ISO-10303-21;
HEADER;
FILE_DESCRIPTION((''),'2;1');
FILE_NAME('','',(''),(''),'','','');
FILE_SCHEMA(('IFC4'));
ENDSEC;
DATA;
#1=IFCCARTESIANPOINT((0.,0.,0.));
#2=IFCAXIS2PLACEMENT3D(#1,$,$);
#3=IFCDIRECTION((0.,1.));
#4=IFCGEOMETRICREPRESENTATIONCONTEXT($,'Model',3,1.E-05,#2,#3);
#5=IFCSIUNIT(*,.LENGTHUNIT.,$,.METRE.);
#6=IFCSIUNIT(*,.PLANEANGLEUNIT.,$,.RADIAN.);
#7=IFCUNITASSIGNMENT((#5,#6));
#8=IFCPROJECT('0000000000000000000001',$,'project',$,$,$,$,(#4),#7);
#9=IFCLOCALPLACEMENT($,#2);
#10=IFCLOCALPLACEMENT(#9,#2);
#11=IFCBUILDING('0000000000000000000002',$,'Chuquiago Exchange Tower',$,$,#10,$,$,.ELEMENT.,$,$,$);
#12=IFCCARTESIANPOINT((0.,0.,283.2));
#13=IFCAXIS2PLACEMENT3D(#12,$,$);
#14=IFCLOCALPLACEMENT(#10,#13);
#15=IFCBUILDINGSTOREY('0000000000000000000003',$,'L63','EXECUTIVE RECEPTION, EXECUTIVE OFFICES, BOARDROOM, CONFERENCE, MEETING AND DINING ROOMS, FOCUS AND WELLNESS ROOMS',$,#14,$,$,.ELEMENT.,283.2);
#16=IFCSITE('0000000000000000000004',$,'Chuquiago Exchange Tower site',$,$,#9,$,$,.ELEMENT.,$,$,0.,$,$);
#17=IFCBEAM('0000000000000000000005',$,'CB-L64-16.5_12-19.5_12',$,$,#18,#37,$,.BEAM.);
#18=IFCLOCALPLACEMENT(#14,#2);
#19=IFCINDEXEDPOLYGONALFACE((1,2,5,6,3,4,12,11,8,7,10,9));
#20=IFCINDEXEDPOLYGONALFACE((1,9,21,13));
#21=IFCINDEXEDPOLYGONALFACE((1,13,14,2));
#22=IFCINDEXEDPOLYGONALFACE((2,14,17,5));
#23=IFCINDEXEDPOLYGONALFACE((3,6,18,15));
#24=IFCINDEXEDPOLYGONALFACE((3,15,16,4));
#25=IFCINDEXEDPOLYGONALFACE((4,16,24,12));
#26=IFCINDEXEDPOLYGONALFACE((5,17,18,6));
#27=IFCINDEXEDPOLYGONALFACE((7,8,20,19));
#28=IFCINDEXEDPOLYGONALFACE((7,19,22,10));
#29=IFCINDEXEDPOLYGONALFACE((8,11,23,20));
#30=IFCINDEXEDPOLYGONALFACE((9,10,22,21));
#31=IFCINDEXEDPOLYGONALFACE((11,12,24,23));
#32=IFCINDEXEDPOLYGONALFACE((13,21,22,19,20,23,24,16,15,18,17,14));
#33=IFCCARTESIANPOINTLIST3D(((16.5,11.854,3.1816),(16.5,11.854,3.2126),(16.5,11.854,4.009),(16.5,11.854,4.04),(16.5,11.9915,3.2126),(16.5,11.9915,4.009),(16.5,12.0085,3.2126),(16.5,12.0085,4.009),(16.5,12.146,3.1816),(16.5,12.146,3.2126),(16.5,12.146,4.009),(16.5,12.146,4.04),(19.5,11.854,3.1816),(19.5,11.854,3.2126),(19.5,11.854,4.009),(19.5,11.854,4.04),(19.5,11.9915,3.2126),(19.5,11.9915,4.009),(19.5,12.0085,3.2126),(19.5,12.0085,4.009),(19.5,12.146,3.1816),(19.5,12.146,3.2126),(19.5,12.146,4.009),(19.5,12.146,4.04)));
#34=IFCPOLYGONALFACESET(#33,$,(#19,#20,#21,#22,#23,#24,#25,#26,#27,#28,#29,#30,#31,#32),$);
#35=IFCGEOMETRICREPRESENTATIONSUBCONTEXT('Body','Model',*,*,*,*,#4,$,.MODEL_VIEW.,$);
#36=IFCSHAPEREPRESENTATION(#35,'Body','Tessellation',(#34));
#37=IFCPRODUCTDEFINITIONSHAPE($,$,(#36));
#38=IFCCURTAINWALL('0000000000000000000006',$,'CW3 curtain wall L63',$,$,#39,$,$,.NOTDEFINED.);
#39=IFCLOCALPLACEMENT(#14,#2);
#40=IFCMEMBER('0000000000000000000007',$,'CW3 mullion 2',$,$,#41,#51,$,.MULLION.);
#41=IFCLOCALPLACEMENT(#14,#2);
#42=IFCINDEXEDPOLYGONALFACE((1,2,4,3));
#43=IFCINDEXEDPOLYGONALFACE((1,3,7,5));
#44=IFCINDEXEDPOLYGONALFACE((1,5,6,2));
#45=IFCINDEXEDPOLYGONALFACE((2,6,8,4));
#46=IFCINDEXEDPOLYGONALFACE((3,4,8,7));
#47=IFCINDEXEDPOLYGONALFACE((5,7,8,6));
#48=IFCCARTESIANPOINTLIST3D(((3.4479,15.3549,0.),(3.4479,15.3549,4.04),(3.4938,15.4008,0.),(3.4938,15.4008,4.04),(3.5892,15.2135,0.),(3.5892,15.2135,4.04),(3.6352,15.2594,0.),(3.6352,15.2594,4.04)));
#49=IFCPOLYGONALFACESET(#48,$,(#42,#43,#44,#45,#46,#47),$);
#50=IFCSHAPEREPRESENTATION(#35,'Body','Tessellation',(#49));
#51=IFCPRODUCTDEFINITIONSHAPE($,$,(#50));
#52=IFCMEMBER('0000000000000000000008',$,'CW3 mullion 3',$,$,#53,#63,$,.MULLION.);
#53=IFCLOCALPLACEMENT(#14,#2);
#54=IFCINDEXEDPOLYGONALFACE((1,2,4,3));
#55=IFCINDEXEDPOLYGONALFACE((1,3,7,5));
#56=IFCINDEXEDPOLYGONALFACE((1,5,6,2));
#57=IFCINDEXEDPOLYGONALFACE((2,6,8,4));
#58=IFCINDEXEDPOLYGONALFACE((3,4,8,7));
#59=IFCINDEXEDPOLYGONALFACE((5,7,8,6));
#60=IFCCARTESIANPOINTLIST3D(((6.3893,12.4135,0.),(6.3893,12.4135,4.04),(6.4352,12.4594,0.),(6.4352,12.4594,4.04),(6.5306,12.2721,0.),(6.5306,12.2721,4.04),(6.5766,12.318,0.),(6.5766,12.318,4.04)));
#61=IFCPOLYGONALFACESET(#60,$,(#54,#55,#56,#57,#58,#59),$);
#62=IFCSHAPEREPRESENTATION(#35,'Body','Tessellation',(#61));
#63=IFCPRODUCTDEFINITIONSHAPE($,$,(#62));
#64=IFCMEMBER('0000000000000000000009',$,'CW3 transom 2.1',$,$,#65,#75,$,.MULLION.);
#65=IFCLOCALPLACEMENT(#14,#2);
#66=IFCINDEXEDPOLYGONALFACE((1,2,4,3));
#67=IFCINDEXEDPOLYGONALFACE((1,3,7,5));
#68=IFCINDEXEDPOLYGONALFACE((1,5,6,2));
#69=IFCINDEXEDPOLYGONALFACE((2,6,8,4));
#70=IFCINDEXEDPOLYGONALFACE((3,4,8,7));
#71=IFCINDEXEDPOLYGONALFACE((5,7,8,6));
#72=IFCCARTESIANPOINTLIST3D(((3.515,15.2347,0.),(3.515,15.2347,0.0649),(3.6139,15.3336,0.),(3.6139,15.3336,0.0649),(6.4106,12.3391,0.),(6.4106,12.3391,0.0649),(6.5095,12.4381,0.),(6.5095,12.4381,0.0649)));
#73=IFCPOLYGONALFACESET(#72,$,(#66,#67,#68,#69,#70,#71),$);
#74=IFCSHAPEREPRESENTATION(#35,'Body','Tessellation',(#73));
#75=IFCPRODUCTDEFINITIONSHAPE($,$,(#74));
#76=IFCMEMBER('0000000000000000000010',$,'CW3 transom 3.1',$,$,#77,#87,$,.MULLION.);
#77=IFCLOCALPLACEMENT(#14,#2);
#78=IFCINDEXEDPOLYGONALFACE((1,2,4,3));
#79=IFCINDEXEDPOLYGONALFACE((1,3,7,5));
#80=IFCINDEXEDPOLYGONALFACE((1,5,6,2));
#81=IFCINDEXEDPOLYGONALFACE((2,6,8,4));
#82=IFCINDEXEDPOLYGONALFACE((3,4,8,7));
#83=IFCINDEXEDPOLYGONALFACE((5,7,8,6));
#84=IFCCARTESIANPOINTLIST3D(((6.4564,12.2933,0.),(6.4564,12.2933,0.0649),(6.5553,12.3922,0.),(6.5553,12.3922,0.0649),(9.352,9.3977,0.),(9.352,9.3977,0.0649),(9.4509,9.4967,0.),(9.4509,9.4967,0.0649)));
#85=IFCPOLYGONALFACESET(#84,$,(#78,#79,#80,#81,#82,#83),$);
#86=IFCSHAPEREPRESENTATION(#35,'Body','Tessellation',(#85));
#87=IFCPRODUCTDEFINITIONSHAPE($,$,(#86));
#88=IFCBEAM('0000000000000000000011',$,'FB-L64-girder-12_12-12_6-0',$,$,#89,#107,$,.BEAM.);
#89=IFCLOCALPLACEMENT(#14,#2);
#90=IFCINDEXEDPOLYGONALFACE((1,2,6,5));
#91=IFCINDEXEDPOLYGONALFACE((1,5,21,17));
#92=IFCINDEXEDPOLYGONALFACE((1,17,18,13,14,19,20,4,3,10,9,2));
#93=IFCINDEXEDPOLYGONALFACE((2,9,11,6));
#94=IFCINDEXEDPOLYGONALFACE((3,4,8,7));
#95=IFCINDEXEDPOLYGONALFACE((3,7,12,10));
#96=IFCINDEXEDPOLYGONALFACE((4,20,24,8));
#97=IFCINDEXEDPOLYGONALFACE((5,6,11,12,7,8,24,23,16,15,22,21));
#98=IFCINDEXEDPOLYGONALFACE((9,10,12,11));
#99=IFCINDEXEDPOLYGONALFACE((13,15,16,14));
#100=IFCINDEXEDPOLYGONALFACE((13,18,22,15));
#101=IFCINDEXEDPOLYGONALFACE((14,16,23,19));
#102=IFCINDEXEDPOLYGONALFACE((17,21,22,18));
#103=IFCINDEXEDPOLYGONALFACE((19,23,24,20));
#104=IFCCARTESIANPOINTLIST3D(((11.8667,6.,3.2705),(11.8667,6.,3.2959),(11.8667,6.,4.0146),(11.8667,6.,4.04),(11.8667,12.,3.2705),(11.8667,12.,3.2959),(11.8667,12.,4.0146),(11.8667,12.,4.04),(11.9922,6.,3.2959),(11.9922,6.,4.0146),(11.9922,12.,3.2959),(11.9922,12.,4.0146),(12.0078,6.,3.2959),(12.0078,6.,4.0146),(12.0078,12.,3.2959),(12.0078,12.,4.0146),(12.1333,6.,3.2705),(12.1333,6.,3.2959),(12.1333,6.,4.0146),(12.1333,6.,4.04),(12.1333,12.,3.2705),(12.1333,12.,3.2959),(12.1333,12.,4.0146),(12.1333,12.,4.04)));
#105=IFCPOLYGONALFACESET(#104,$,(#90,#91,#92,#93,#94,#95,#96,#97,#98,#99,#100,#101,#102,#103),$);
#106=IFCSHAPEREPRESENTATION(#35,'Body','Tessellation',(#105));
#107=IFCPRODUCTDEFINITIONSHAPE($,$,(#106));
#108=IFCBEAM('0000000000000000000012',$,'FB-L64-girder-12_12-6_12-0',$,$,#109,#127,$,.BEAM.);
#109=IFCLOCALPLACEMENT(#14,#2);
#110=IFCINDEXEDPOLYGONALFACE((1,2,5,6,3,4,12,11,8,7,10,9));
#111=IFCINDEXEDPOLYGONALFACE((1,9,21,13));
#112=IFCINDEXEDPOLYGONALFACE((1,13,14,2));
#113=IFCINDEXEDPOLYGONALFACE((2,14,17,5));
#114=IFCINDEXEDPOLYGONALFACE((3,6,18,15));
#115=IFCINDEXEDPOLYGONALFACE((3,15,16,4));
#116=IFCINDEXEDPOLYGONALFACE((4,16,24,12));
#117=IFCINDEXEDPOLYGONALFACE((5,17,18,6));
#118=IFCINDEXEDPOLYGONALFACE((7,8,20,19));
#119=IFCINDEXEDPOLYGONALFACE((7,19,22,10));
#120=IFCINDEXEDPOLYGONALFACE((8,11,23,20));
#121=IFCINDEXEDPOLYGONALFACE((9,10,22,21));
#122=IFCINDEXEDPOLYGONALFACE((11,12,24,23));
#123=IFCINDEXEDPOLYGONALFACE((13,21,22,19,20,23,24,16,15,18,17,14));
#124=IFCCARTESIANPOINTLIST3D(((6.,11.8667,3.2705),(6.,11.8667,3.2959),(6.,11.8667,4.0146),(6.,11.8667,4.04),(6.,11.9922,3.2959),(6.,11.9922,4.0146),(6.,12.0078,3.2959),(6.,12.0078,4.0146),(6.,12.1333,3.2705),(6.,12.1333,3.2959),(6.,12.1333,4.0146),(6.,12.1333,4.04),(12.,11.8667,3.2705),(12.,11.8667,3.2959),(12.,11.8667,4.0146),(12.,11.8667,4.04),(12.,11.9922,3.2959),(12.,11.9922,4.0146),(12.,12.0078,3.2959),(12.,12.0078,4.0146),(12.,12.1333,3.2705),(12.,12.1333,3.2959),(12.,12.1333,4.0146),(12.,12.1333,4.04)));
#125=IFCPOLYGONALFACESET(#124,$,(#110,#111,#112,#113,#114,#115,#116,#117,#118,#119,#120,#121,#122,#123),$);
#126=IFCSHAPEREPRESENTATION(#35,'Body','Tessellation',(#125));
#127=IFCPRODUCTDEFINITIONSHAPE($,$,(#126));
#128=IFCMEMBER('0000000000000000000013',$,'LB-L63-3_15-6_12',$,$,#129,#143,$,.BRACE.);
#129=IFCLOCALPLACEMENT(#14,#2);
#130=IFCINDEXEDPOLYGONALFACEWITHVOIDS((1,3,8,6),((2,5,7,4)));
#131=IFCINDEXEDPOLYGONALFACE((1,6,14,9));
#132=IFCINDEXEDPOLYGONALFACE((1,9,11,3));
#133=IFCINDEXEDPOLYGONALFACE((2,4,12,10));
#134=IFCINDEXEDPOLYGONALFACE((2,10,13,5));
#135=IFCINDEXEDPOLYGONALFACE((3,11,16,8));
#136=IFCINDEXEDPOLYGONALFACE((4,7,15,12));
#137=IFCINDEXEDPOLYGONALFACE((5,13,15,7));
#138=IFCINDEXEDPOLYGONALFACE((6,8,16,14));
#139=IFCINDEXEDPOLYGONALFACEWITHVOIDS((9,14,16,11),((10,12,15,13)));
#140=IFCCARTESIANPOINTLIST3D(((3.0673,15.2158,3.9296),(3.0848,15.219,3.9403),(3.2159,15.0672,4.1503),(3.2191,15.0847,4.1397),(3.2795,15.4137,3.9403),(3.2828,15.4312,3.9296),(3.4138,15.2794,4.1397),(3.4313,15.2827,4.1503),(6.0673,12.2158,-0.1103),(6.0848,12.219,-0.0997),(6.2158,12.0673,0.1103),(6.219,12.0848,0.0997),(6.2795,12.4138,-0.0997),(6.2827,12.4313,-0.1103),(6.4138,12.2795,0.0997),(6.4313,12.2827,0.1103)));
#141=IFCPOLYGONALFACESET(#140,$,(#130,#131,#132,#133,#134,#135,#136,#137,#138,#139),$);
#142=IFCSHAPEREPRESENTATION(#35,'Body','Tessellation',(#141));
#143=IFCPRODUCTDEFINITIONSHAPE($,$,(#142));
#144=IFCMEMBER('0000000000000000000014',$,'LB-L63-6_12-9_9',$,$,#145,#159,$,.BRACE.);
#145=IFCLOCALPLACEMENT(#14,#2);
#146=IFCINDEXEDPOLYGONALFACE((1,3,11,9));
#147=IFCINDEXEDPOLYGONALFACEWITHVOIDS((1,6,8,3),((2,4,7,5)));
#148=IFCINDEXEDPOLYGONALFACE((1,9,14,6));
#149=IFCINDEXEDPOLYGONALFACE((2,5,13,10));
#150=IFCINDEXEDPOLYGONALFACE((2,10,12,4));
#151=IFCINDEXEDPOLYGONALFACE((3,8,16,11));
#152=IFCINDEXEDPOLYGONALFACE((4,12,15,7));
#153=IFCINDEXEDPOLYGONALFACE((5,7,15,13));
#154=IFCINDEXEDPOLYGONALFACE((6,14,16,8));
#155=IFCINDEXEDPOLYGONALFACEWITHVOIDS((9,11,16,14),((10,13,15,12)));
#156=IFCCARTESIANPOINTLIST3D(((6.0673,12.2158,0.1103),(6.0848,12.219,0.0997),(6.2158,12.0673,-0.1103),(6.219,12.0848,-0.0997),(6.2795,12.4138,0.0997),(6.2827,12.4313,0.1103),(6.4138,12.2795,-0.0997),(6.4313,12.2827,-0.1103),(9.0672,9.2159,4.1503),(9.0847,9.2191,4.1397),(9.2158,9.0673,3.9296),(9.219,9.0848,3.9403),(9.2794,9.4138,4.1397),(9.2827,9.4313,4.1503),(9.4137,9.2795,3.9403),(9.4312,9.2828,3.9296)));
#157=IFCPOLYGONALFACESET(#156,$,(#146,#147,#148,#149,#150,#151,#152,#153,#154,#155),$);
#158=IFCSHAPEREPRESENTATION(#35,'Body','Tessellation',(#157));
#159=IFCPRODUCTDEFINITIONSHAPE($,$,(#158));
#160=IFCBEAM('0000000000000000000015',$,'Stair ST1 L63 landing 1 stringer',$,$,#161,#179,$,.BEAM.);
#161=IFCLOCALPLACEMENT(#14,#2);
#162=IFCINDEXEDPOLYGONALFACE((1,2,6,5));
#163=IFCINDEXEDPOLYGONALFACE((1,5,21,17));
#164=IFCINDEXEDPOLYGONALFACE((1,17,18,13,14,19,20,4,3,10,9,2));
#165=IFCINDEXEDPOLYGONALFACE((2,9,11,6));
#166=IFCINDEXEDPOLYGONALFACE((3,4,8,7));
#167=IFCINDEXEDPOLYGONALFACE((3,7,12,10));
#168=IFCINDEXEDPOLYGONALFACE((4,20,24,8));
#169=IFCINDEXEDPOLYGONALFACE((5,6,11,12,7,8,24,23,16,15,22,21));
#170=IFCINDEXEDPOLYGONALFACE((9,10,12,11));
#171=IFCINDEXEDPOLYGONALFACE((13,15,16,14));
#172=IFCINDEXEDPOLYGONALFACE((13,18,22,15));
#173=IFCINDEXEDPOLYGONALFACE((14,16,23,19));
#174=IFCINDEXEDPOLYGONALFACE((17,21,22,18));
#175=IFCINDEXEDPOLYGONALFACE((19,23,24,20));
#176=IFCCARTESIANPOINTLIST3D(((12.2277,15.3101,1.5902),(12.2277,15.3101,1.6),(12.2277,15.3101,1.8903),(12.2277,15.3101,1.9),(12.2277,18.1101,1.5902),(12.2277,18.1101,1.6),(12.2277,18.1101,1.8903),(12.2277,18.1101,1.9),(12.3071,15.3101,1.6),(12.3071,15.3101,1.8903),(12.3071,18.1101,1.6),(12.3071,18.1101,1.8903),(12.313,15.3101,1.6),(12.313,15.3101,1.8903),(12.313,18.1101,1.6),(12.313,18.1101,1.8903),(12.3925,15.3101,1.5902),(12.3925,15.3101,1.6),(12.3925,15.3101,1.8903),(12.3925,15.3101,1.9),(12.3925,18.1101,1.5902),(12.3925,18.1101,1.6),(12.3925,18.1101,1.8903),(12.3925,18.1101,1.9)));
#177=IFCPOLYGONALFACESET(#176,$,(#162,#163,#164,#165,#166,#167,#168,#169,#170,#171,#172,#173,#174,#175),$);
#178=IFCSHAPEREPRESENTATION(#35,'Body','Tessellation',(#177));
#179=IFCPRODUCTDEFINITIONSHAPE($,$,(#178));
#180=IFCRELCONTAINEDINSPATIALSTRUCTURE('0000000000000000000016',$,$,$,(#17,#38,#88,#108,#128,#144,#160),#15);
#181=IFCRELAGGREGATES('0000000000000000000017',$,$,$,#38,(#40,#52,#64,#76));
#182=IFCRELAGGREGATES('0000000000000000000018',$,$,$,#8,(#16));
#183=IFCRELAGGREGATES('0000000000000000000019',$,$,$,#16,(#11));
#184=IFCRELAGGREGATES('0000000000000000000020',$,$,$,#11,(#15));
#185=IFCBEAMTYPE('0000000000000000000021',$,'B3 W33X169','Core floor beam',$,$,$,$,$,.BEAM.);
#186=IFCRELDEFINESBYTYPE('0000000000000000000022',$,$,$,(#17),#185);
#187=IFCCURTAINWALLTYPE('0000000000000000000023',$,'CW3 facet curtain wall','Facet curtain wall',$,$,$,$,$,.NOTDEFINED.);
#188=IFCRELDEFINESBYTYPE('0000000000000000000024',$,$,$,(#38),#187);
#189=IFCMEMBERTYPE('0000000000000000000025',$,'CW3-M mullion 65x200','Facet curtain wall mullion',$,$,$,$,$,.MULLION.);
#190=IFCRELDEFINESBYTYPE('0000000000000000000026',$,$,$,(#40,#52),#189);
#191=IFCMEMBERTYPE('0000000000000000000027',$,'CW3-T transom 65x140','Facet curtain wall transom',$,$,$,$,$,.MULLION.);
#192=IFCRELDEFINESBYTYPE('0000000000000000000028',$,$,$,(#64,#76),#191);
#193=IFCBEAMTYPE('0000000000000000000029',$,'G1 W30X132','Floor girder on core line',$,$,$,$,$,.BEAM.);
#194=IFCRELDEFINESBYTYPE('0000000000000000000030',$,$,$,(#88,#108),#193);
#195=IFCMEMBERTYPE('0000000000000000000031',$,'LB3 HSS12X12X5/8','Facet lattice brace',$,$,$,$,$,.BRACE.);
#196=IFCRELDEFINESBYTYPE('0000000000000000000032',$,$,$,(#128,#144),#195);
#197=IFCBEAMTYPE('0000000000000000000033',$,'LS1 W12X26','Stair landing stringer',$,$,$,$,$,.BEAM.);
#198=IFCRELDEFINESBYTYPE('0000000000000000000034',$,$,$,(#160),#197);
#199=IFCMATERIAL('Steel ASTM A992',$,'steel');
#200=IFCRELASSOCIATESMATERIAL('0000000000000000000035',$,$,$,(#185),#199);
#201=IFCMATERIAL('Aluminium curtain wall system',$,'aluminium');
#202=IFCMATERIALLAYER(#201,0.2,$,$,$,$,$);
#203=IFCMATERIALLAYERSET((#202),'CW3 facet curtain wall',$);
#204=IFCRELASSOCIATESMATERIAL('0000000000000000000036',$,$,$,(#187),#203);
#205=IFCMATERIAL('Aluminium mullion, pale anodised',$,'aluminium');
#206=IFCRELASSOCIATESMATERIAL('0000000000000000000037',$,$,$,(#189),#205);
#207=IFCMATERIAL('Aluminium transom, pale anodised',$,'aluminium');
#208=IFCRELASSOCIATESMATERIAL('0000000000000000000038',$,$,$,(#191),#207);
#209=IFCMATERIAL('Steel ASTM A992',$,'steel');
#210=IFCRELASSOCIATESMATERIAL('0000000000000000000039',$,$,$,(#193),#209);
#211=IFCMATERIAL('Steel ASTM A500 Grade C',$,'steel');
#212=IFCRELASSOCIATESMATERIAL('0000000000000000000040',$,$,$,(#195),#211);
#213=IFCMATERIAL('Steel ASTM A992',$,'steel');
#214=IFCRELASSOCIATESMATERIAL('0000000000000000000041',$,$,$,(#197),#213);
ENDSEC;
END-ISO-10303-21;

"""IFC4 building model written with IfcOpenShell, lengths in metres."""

from ifc_helpers import new_model, si_unit, direction, frame, origin, origin_2d, place, context, subcontext, project, spatial, rectangle, hollow_rectangle, i_section, extrude, material, layer, layer_set, material_profile, profile_set, type_object, element, aggregate, save


model = new_model("IFC4")

# Units and contexts
model_context = context("Model", 3, precision=1e-05, world=origin(), true_north=direction((0.0, 1.0)))
body_context = subcontext(model_context, "Body", "Model", "MODEL_VIEW")
ifc_project = project(units=[si_unit("LENGTHUNIT", "METRE"), si_unit("PLANEANGLEUNIT", "RADIAN")], contexts=[model_context])

# Site, building, storey
site_placement = place(None, origin())
site = spatial("IfcSite", under=ifc_project, at=site_placement, Name="Chuquiago Exchange Tower site", CompositionType="ELEMENT", RefElevation=0.0)
building_placement = place(site_placement, origin())
building = spatial("IfcBuilding", under=site, at=building_placement, Name="Chuquiago Exchange Tower", CompositionType="ELEMENT")
storey_placement = place(building_placement, frame((0.0, 0.0, 283.2)))
storey = spatial("IfcBuildingStorey", under=building, at=storey_placement, Name="L63", Description="EXECUTIVE RECEPTION, EXECUTIVE OFFICES, BOARDROOM, CONFERENCE, MEETING AND DINING ROOMS, FOCUS AND WELLNESS ROOMS", CompositionType="ELEMENT", Elevation=283.2)

# Beam
ifc_material_1 = material(Name="Steel ASTM A992", Category="steel")
ifc_material_profile_1 = material_profile(ifc_material_1, i_section(OverallWidth=0.292, OverallDepth=0.8584, WebThickness=0.0171, FlangeThickness=0.031, at=origin_2d()), Name="W33X169")
ifc_profile_set_1 = profile_set([ifc_material_profile_1], Name="Steel ASTM A992")
beam_type_1 = type_object("IfcBeamType", Name="B3 W33X169", Description="Core floor beam", PredefinedType="BEAM", material=ifc_profile_set_1)
beam_1_placement = place(storey_placement, frame((16.5, 12.0, 3.6108), z_axis=(1.0, 0.0, 0.0), x_axis=(0.0, 1.0, 0.0)))
element("IfcBeam", 1, at=beam_1_placement, inside=storey, type_object=beam_type_1, Name="CB-L64-16.5_12-19.5_12", PredefinedType="BEAM", context=body_context, shape_type="SweptSolid", body=[
    extrude(i_section(OverallWidth=0.292, OverallDepth=0.8584, WebThickness=0.0171, FlangeThickness=0.031, at=origin_2d()), origin(), (0.0, 0.0, 1.0), 3.0),
])

# Curtain wall, members
ifc_material_2 = material(Name="Aluminium curtain wall system", Category="aluminium")
ifc_layer_1 = layer(ifc_material_2, 0.2)
ifc_layer_set_1 = layer_set([ifc_layer_1], Name="CW3 facet curtain wall")
curtain_wall_type = type_object("IfcCurtainWallType", Name="CW3 facet curtain wall", Description="Facet curtain wall", PredefinedType="NOTDEFINED", material=ifc_layer_set_1)
curtain_wall_placement = place(storey_placement, origin())
curtain_wall = element("IfcCurtainWall", 2, at=curtain_wall_placement, inside=storey, type_object=curtain_wall_type, Name="CW3 curtain wall L63", PredefinedType="NOTDEFINED")
ifc_material_3 = material(Name="Aluminium mullion, pale anodised", Category="aluminium")
ifc_material_profile_2 = material_profile(ifc_material_3, rectangle(XDim=0.0649, YDim=0.2, at=origin_2d()), Name="AL 65x200")
ifc_profile_set_2 = profile_set([ifc_material_profile_2], Name="Aluminium mullion, pale anodised")
member_type_1 = type_object("IfcMemberType", Name="CW3-M mullion 65x200", Description="Facet curtain wall mullion", PredefinedType="MULLION", material=ifc_profile_set_2)
member_1_placement = place(storey_placement, frame((3.5415, 15.3071, 0.0), z_axis=(0.0, 0.0, 1.0), x_axis=(0.707107, 0.707107, 0.0)))
member_1 = element("IfcMember", 3, at=member_1_placement, type_object=member_type_1, Name="CW3 mullion 2", PredefinedType="MULLION", context=body_context, shape_type="SweptSolid", body=[
    extrude(rectangle(XDim=0.0649, YDim=0.2, at=origin_2d()), origin(), (0.0, 0.0, 1.0), 4.04),
])
member_2_placement = place(storey_placement, frame((6.4829, 12.3657, 0.0), z_axis=(0.0, 0.0, 1.0), x_axis=(0.707107, 0.707107, 0.0)))
member_2 = element("IfcMember", 4, at=member_2_placement, type_object=member_type_1, Name="CW3 mullion 3", PredefinedType="MULLION", context=body_context, shape_type="SweptSolid", body=[
    extrude(rectangle(XDim=0.0649, YDim=0.2, at=origin_2d()), origin(), (0.0, 0.0, 1.0), 4.04),
])
ifc_material_4 = material(Name="Aluminium transom, pale anodised", Category="aluminium")
ifc_material_profile_3 = material_profile(ifc_material_4, rectangle(XDim=0.1399, YDim=0.0649, at=origin_2d()), Name="AL 140x65")
ifc_profile_set_3 = profile_set([ifc_material_profile_3], Name="Aluminium transom, pale anodised")
member_type_2 = type_object("IfcMemberType", Name="CW3-T transom 65x140", Description="Facet curtain wall transom", PredefinedType="MULLION", material=ifc_profile_set_3)
member_3_placement = place(storey_placement, frame((3.5645, 15.2842, 0.0325), z_axis=(0.707107, -0.707107, 0.0), x_axis=(0.707107, 0.707107, 0.0)))
member_3 = element("IfcMember", 5, at=member_3_placement, type_object=member_type_2, Name="CW3 transom 2.1", PredefinedType="MULLION", context=body_context, shape_type="SweptSolid", body=[
    extrude(rectangle(XDim=0.1399, YDim=0.0649, at=origin_2d()), origin(), (0.0, 0.0, 1.0), 4.095),
])
member_4_placement = place(storey_placement, frame((6.5059, 12.3428, 0.0325), z_axis=(0.707107, -0.707107, 0.0), x_axis=(0.707107, 0.707107, 0.0)))
member_4 = element("IfcMember", 6, at=member_4_placement, type_object=member_type_2, Name="CW3 transom 3.1", PredefinedType="MULLION", context=body_context, shape_type="SweptSolid", body=[
    extrude(rectangle(XDim=0.1399, YDim=0.0649, at=origin_2d()), origin(), (0.0, 0.0, 1.0), 4.095),
])

# Beams
ifc_material_5 = material(Name="Steel ASTM A992", Category="steel")
ifc_material_profile_4 = material_profile(ifc_material_5, i_section(OverallWidth=0.2666, OverallDepth=0.7695, WebThickness=0.0156, FlangeThickness=0.0254, at=origin_2d()), Name="W30X132")
ifc_profile_set_4 = profile_set([ifc_material_profile_4], Name="Steel ASTM A992")
beam_type_2 = type_object("IfcBeamType", Name="G1 W30X132", Description="Floor girder on core line", PredefinedType="BEAM", material=ifc_profile_set_4)
for number, where, z_axis, x_axis, name in (
    (7, (12.0, 12.0, 3.6553), (0.0, -1.0, 0.0), (1.0, 0.0, 0.0), "FB-L64-girder-12_12-12_6-0"),
    (8, (12.0, 12.0, 3.6553), (-1.0, 0.0, 0.0), (0.0, -1.0, 0.0), "FB-L64-girder-12_12-6_12-0"),
):
    element("IfcBeam", number, at=place(storey_placement, frame(where, z_axis=z_axis, x_axis=x_axis)), inside=storey, type_object=beam_type_2, Name=name, PredefinedType="BEAM", context=body_context, shape_type="SweptSolid", body=[
        extrude(i_section(OverallWidth=0.2666, OverallDepth=0.7695, WebThickness=0.0156, FlangeThickness=0.0254, at=origin_2d()), origin(), (0.0, 0.0, 1.0), 6.0),
    ])

# Members
ifc_material_6 = material(Name="Steel ASTM A500 Grade C", Category="steel")
ifc_material_profile_5 = material_profile(ifc_material_6, hollow_rectangle(XDim=0.3047, YDim=0.3047, WallThickness=0.0146, at=origin_2d()), Name="HSS12X12X5/8")
ifc_profile_set_5 = profile_set([ifc_material_profile_5], Name="Steel ASTM A500 Grade C")
member_type_3 = type_object("IfcMemberType", Name="LB3 HSS12X12X5/8", Description="Facet lattice brace", PredefinedType="BRACE", material=ifc_profile_set_5)
for number, where, z_axis, x_axis, name in (
    (9, (6.2493, 12.2493, 0.0), (-0.512077, 0.512077, 0.689604), (-0.707107, -0.707107, 0.0), "LB-L63-3_15-6_12"),
    (10, (6.2493, 12.2493, 0.0), (0.512077, -0.512077, 0.689604), (0.707107, 0.707107, 0.0), "LB-L63-6_12-9_9"),
):
    element("IfcMember", number, at=place(storey_placement, frame(where, z_axis=z_axis, x_axis=x_axis)), inside=storey, type_object=member_type_3, Name=name, PredefinedType="BRACE", context=body_context, shape_type="SweptSolid", body=[
        extrude(hollow_rectangle(XDim=0.3047, YDim=0.3047, WallThickness=0.0146, at=origin_2d()), origin(), (0.0, 0.0, 1.0), 5.8584),
    ])

# Beam
ifc_material_7 = material(Name="Steel ASTM A992", Category="steel")
ifc_material_profile_6 = material_profile(ifc_material_7, i_section(OverallWidth=0.1648, OverallDepth=0.3098, WebThickness=0.0059, FlangeThickness=0.0098, at=origin_2d()), Name="W12X26")
ifc_profile_set_6 = profile_set([ifc_material_profile_6], Name="Steel ASTM A992")
beam_type_3 = type_object("IfcBeamType", Name="LS1 W12X26", Description="Stair landing stringer", PredefinedType="BEAM", material=ifc_profile_set_6)
for number, where, z_axis, x_axis, name in (
    (11, (12.3101, 15.3101, 1.7451), (0.0, 1.0, 0.0), (-1.0, 0.0, 0.0), "Stair ST1 L63 landing 1 stringer"),
):
    element("IfcBeam", number, at=place(storey_placement, frame(where, z_axis=z_axis, x_axis=x_axis)), inside=storey, type_object=beam_type_3, Name=name, PredefinedType="BEAM", context=body_context, shape_type="SweptSolid", body=[
        extrude(i_section(OverallWidth=0.1648, OverallDepth=0.3098, WebThickness=0.0059, FlangeThickness=0.0098, at=origin_2d()), origin(), (0.0, 0.0, 1.0), 2.8),
    ])

aggregate(curtain_wall, [member_1, member_2, member_3, member_4])

save(model, "model.ifc")
